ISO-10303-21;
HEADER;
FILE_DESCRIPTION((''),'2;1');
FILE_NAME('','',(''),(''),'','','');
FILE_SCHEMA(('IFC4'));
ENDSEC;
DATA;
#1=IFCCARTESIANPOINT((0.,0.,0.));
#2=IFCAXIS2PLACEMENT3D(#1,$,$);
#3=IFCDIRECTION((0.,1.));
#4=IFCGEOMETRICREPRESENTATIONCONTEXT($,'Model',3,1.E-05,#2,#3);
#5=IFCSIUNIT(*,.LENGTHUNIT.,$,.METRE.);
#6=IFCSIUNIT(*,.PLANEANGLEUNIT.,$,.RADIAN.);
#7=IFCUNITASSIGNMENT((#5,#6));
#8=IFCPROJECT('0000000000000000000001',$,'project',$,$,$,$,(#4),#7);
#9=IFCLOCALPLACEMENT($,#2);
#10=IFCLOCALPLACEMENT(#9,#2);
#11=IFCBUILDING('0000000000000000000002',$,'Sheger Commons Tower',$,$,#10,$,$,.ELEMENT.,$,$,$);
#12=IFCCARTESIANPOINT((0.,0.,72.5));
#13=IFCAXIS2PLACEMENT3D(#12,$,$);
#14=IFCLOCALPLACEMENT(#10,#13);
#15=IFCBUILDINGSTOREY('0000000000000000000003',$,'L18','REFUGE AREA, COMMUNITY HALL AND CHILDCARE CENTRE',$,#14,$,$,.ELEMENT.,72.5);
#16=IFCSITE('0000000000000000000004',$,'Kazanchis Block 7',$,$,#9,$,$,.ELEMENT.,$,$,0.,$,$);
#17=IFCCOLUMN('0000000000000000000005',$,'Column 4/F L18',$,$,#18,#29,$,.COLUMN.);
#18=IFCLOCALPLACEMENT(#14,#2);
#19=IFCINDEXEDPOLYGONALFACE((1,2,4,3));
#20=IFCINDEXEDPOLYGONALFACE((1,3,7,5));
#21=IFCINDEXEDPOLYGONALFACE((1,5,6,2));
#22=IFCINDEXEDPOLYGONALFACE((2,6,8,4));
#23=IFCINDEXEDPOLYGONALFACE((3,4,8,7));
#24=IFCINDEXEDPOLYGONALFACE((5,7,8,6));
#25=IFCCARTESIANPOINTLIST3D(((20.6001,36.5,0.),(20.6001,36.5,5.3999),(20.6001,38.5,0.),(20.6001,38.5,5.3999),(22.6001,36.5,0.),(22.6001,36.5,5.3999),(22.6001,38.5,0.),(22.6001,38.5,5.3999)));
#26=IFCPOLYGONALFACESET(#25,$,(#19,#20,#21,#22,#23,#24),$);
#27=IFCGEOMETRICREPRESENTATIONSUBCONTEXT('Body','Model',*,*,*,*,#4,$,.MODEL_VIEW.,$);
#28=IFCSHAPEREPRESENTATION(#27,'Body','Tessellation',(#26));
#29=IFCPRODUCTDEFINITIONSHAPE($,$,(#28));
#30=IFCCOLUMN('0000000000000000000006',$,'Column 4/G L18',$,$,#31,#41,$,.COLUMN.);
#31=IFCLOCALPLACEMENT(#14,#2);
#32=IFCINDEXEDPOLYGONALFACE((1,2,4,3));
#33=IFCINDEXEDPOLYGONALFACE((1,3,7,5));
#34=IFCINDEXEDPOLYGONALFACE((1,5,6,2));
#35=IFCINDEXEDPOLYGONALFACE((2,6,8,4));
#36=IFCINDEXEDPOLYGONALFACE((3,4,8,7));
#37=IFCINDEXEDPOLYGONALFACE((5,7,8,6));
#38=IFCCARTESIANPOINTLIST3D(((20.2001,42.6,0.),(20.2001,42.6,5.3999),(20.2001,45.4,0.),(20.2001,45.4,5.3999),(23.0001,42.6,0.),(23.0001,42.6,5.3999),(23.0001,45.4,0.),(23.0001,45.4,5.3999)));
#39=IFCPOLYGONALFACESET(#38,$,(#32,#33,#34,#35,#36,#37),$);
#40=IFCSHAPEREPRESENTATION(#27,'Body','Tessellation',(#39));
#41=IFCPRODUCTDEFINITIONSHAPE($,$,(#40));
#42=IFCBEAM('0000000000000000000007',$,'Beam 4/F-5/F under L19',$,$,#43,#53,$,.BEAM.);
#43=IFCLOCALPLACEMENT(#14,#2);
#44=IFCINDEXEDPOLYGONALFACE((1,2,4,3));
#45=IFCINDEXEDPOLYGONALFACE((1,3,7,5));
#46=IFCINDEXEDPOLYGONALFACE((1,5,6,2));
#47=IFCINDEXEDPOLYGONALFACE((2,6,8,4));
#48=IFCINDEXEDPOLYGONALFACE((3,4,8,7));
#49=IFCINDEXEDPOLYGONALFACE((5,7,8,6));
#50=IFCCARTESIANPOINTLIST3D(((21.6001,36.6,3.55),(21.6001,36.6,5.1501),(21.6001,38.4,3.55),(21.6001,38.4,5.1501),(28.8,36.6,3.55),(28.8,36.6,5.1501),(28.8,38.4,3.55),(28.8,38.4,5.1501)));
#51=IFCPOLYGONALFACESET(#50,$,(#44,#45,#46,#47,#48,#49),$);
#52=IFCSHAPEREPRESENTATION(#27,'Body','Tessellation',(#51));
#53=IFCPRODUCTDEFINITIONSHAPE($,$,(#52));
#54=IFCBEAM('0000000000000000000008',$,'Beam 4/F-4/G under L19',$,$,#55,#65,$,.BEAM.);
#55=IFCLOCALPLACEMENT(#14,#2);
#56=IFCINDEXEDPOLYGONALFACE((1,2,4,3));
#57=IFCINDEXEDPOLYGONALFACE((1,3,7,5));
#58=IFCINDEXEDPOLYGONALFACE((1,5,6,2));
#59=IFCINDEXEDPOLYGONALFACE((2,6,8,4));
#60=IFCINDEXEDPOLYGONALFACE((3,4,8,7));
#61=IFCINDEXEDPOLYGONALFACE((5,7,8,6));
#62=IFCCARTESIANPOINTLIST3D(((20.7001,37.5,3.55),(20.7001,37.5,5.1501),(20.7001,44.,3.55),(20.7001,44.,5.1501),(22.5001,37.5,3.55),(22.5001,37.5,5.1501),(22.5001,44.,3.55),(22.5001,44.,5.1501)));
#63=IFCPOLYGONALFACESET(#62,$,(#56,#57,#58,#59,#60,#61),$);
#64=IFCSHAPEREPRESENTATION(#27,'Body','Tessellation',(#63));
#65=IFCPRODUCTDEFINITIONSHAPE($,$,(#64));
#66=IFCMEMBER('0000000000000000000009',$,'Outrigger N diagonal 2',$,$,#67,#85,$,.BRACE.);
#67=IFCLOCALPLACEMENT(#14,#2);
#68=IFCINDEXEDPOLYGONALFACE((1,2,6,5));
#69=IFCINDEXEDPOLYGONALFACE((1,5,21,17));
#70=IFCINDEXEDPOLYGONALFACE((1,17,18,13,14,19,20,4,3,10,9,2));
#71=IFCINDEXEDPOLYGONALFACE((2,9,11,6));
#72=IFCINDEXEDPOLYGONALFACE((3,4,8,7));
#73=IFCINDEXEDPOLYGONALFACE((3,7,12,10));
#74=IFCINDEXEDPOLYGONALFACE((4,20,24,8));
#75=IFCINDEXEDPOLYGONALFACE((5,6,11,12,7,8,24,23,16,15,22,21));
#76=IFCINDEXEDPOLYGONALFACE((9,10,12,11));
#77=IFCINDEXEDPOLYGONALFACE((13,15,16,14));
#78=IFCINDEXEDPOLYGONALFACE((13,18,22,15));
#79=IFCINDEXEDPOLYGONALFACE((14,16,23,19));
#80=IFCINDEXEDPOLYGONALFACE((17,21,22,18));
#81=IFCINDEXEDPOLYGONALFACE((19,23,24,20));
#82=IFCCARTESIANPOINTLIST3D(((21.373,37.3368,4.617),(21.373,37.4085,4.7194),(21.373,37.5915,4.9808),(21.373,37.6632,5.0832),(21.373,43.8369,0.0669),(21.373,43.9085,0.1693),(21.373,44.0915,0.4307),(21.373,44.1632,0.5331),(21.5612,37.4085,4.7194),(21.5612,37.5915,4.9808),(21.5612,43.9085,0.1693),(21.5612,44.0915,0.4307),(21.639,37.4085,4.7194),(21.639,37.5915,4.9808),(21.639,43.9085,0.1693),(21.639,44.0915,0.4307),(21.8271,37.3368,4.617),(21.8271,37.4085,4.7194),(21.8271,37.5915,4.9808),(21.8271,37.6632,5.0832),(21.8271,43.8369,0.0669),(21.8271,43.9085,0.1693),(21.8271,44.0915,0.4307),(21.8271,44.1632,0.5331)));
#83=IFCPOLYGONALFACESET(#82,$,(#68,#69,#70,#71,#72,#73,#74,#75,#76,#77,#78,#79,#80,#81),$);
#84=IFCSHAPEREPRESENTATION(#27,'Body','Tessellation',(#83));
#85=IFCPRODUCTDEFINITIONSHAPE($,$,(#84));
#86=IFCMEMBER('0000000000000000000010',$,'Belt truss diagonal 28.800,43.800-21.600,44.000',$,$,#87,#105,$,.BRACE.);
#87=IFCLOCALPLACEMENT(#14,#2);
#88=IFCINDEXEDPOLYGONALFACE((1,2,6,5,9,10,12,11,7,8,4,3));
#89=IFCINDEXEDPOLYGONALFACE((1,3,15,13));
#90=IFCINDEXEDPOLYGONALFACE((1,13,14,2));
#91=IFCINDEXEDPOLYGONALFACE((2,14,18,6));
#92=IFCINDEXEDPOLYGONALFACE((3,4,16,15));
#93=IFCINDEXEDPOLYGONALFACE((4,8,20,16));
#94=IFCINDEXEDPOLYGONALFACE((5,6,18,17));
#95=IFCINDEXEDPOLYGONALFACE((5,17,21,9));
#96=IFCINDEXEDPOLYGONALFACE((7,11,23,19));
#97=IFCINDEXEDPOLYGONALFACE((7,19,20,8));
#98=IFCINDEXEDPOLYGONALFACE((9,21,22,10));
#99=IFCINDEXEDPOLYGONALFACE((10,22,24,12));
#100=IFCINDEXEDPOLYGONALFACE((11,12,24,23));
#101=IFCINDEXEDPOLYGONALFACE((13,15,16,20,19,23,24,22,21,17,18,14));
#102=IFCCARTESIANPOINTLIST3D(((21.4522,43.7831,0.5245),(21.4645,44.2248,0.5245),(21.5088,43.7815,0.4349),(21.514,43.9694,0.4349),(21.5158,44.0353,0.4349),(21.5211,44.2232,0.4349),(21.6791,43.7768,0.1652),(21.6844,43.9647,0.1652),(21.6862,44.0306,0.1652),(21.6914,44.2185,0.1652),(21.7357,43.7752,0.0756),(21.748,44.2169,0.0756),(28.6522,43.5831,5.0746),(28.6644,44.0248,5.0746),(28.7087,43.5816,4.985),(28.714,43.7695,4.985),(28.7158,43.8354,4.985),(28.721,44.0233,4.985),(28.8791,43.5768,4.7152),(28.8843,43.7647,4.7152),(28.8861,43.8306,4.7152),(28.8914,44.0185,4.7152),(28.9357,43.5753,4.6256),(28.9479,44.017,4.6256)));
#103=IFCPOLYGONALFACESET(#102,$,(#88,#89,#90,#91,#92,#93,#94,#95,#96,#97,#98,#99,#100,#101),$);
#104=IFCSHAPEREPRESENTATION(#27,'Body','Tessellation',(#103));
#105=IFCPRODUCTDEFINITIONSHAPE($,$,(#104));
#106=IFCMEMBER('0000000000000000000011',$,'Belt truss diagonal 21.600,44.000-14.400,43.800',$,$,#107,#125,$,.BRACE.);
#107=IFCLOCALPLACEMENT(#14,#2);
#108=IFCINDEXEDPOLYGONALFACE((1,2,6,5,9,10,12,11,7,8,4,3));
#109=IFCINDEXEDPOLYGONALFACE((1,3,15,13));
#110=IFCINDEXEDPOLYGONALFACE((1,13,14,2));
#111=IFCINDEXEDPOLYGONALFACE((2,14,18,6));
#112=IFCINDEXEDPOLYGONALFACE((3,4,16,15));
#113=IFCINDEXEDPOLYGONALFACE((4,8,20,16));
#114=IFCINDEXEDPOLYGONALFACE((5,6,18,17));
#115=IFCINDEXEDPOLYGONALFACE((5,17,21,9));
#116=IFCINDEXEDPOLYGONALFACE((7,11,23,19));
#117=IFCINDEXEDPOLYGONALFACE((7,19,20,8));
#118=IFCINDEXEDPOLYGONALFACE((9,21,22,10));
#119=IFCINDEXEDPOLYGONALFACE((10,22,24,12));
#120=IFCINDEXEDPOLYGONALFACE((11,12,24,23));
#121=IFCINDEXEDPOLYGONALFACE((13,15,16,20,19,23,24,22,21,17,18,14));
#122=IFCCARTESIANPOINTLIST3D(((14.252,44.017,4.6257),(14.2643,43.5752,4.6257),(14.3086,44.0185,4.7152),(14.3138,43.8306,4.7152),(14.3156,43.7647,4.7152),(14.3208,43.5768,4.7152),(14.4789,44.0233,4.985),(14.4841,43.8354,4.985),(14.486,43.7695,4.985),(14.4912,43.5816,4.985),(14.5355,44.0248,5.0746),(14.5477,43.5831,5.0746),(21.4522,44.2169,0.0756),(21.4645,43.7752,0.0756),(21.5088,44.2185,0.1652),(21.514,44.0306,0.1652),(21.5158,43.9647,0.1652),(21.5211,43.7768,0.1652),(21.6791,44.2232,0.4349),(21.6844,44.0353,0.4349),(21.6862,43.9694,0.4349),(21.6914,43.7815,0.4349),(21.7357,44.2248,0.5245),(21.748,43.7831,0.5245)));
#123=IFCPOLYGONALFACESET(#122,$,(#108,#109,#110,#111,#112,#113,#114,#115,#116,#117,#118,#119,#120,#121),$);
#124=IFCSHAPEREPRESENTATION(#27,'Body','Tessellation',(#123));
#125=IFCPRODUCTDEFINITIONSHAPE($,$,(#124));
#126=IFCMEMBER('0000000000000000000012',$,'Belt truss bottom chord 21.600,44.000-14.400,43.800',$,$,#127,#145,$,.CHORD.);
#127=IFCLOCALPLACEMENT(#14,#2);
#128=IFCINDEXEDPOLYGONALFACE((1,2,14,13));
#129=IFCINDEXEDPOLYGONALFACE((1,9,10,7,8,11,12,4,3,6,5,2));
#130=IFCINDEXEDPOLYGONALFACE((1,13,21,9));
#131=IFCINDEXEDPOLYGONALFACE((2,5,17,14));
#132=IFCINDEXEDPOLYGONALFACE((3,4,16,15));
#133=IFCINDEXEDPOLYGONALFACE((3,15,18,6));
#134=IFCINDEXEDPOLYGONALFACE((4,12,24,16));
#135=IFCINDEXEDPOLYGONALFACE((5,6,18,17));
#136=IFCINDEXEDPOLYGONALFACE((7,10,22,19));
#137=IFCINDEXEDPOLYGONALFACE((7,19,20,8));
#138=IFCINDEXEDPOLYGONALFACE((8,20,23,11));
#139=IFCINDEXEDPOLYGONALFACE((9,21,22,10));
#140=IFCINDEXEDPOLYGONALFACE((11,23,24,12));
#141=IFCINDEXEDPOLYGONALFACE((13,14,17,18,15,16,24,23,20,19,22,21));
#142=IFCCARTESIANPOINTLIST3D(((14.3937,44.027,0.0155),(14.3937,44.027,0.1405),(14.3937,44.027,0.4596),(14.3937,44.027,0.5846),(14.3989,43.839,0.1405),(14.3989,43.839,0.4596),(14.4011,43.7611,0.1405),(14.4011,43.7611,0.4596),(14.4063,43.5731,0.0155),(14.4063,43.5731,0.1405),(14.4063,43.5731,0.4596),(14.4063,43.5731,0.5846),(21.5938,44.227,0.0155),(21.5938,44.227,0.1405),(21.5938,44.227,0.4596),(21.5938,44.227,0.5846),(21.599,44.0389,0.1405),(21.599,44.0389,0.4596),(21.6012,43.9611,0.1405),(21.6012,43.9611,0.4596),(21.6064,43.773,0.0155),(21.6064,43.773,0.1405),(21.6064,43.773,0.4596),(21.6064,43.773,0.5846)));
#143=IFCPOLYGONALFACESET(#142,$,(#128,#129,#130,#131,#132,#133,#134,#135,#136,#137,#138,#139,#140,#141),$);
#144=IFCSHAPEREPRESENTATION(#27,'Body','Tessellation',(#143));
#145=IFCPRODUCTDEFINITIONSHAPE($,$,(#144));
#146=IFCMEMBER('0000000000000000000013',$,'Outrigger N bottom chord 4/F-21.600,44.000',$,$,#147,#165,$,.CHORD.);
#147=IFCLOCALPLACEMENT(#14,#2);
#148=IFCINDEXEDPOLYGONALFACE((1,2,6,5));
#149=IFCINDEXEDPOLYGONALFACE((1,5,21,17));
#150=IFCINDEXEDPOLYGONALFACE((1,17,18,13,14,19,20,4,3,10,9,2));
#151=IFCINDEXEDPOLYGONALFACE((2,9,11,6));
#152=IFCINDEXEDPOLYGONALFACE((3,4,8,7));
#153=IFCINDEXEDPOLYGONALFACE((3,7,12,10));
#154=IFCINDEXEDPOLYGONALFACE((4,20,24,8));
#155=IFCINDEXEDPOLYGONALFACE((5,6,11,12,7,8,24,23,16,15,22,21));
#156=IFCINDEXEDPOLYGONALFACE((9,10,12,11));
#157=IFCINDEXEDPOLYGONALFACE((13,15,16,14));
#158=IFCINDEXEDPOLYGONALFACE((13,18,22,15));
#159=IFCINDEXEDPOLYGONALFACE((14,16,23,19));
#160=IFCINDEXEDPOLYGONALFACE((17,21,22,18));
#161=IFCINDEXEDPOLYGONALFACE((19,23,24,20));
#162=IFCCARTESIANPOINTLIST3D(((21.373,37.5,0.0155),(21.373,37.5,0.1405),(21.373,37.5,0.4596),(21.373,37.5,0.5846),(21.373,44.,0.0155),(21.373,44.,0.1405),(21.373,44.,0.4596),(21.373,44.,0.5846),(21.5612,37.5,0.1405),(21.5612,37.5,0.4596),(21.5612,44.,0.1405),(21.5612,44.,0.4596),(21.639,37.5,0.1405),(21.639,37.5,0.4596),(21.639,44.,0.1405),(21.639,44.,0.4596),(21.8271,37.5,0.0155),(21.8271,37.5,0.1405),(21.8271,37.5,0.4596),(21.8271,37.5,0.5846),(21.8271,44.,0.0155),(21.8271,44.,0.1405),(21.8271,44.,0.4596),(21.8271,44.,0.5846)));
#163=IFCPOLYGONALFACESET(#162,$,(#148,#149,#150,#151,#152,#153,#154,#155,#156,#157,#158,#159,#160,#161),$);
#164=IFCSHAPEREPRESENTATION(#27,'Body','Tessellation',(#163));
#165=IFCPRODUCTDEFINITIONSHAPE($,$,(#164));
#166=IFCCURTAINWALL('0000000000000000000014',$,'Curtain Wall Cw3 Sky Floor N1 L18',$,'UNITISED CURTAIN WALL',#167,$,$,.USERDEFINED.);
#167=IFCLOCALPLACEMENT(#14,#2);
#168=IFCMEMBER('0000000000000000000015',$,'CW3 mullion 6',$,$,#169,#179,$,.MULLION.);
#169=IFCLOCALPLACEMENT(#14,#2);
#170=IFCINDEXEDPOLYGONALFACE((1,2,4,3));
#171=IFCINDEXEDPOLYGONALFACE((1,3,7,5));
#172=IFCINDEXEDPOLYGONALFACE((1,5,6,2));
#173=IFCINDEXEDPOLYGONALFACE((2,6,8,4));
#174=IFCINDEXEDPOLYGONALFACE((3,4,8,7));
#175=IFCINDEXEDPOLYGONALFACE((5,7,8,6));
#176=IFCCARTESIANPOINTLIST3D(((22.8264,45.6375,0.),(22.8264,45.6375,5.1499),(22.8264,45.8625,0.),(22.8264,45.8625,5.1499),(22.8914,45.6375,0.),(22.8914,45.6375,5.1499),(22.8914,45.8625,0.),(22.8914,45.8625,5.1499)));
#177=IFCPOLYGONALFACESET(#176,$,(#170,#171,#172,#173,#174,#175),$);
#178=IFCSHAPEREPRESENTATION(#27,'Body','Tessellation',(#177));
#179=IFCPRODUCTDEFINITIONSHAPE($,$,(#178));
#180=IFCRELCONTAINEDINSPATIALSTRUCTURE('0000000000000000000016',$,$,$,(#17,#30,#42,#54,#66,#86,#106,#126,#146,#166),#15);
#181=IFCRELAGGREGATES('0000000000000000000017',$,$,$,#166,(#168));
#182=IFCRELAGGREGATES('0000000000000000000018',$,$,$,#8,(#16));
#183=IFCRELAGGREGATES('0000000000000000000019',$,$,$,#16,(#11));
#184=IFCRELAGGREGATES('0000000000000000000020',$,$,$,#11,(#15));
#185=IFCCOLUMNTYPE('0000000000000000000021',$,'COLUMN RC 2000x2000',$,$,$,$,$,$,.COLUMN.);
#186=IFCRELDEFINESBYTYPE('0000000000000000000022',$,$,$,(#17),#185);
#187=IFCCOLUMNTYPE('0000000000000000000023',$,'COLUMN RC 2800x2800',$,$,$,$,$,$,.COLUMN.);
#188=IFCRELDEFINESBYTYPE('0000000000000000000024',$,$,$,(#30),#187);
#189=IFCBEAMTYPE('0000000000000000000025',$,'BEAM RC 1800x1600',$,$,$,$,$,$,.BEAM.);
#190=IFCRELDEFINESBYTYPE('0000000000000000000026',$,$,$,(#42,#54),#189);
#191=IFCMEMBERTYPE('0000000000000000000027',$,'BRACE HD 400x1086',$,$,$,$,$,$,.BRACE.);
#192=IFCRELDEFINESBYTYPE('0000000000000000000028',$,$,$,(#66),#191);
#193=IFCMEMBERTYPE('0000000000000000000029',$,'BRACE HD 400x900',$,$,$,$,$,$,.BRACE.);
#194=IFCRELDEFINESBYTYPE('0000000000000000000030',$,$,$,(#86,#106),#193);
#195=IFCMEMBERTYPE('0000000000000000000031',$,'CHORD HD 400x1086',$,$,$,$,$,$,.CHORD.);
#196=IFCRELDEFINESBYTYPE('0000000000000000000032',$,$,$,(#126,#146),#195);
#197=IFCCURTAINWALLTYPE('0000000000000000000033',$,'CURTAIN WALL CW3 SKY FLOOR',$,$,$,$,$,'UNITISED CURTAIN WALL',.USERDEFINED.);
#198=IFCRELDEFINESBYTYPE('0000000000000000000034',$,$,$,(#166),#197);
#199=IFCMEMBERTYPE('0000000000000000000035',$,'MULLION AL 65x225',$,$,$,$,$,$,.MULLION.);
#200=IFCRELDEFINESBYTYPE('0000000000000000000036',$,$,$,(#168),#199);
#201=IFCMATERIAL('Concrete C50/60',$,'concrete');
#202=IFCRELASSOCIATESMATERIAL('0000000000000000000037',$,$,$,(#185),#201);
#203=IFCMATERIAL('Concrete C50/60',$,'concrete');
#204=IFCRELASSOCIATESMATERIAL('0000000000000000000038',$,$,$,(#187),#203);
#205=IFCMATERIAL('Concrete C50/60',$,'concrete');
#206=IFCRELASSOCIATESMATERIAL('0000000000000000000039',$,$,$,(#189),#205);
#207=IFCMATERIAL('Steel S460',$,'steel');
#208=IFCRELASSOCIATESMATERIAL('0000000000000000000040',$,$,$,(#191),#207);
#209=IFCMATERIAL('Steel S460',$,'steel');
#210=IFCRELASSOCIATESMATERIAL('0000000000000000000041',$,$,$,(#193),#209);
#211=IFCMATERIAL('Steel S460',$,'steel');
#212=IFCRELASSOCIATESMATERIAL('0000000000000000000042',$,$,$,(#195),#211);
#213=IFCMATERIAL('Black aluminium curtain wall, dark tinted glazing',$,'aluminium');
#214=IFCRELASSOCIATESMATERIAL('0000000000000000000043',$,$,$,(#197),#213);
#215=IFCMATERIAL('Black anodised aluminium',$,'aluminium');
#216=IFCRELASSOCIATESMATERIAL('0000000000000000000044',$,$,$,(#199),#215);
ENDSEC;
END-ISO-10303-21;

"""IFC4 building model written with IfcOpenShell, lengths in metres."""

from ifc_helpers import new_model, si_unit, direction, frame, origin, origin_2d, place, context, subcontext, project, spatial, rectangle, i_section, extrude, material, material_profile, profile_set, type_object, element, aggregate, save


model = new_model("IFC4")

# Units and contexts
model_context = context("Model", 3, precision=1e-05, world=origin(), true_north=direction((0.0, 1.0)))
body_context = subcontext(model_context, "Body", "Model", "MODEL_VIEW")
ifc_project = project(units=[si_unit("LENGTHUNIT", "METRE"), si_unit("PLANEANGLEUNIT", "RADIAN")], contexts=[model_context])

# Site, building, storey
site_placement = place(None, origin())
site = spatial("IfcSite", under=ifc_project, at=site_placement, Name="Kazanchis Block 7", CompositionType="ELEMENT", RefElevation=0.0)
building_placement = place(site_placement, origin())
building = spatial("IfcBuilding", under=site, at=building_placement, Name="Sheger Commons Tower", CompositionType="ELEMENT")
storey_placement = place(building_placement, frame((0.0, 0.0, 72.5)))
storey = spatial("IfcBuildingStorey", under=building, at=storey_placement, Name="L18", Description="REFUGE AREA, COMMUNITY HALL AND CHILDCARE CENTRE", CompositionType="ELEMENT", Elevation=72.5)

# Columns
ifc_material_1 = material(Name="Concrete C50/60", Category="concrete")
ifc_material_profile_1 = material_profile(ifc_material_1, rectangle(XDim=2.0, YDim=2.0, at=origin_2d()), Name="RC 2000x2000")
ifc_profile_set_1 = profile_set([ifc_material_profile_1], Name="Concrete C50/60")
column_type_1 = type_object("IfcColumnType", Name="COLUMN RC 2000x2000", PredefinedType="COLUMN", material=ifc_profile_set_1)
column_1_placement = place(storey_placement, frame((21.6001, 37.5, 0.0), z_axis=(0.0, 0.0, 1.0), x_axis=(1.0, 0.0, 0.0)))
element("IfcColumn", 1, at=column_1_placement, inside=storey, type_object=column_type_1, Name="Column 4/F L18", PredefinedType="COLUMN", context=body_context, shape_type="SweptSolid", body=[
    extrude(rectangle(XDim=2.0, YDim=2.0, at=origin_2d()), origin(), (0.0, 0.0, 1.0), 5.3999),
])
ifc_material_2 = material(Name="Concrete C50/60", Category="concrete")
ifc_material_profile_2 = material_profile(ifc_material_2, rectangle(XDim=2.8, YDim=2.8, at=origin_2d()), Name="RC 2800x2800")
ifc_profile_set_2 = profile_set([ifc_material_profile_2], Name="Concrete C50/60")
column_type_2 = type_object("IfcColumnType", Name="COLUMN RC 2800x2800", PredefinedType="COLUMN", material=ifc_profile_set_2)
column_2_placement = place(storey_placement, frame((21.6001, 44.0, 0.0), z_axis=(0.0, 0.0, 1.0), x_axis=(1.0, 0.0, 0.0)))
element("IfcColumn", 2, at=column_2_placement, inside=storey, type_object=column_type_2, Name="Column 4/G L18", PredefinedType="COLUMN", context=body_context, shape_type="SweptSolid", body=[
    extrude(rectangle(XDim=2.8, YDim=2.8, at=origin_2d()), origin(), (0.0, 0.0, 1.0), 5.3999),
])

# Beams
ifc_material_3 = material(Name="Concrete C50/60", Category="concrete")
ifc_material_profile_3 = material_profile(ifc_material_3, rectangle(XDim=1.8, YDim=1.6001, at=origin_2d()), Name="RC 1800x1600")
ifc_profile_set_3 = profile_set([ifc_material_profile_3], Name="Concrete C50/60")
beam_type_1 = type_object("IfcBeamType", Name="BEAM RC 1800x1600", PredefinedType="BEAM", material=ifc_profile_set_3)
beam_1_placement = place(storey_placement, frame((21.6001, 37.5, 4.3501), z_axis=(1.0, 0.0, 0.0), x_axis=(0.0, 1.0, 0.0)))
element("IfcBeam", 3, at=beam_1_placement, inside=storey, type_object=beam_type_1, Name="Beam 4/F-5/F under L19", PredefinedType="BEAM", context=body_context, shape_type="SweptSolid", body=[
    extrude(rectangle(XDim=1.8, YDim=1.6001, at=origin_2d()), origin(), (0.0, 0.0, 1.0), 7.2),
])
beam_2_placement = place(storey_placement, frame((21.6001, 37.5, 4.3501), z_axis=(0.0, 1.0, 0.0), x_axis=(-1.0, 0.0, 0.0)))
element("IfcBeam", 4, at=beam_2_placement, inside=storey, type_object=beam_type_1, Name="Beam 4/F-4/G under L19", PredefinedType="BEAM", context=body_context, shape_type="SweptSolid", body=[
    extrude(rectangle(XDim=1.8, YDim=1.6001, at=origin_2d()), origin(), (0.0, 0.0, 1.0), 6.5),
])

# Members
ifc_material_4 = material(Name="Steel S460", Category="steel")
ifc_material_profile_4 = material_profile(ifc_material_4, i_section(OverallWidth=0.4541, OverallDepth=0.5691, WebThickness=0.0779, FlangeThickness=0.125, at=origin_2d()), Name="HD 400x1086")
ifc_profile_set_4 = profile_set([ifc_material_profile_4], Name="Steel S460")
member_type_1 = type_object("IfcMemberType", Name="BRACE HD 400x1086", PredefinedType="BRACE", material=ifc_profile_set_4)
member_1_placement = place(storey_placement, frame((21.6001, 37.5, 4.8501), z_axis=(0.0, 0.819229, -0.573466), x_axis=(-1.0, 0.0, 0.0)))
element("IfcMember", 5, at=member_1_placement, inside=storey, type_object=member_type_1, Name="Outrigger N diagonal 2", PredefinedType="BRACE", context=body_context, shape_type="SweptSolid", body=[
    extrude(i_section(OverallWidth=0.4541, OverallDepth=0.5691, WebThickness=0.0779, FlangeThickness=0.125, at=origin_2d()), origin(), (0.0, 0.0, 1.0), 7.9343),
])
ifc_material_5 = material(Name="Steel S460", Category="steel")
ifc_material_profile_5 = material_profile(ifc_material_5, i_section(OverallWidth=0.4419, OverallDepth=0.531, WebThickness=0.0659, FlangeThickness=0.106, at=origin_2d()), Name="HD 400x900")
ifc_profile_set_5 = profile_set([ifc_material_profile_5], Name="Steel S460")
member_type_2 = type_object("IfcMemberType", Name="BRACE HD 400x900", PredefinedType="BRACE", material=ifc_profile_set_5)
member_2_placement = place(storey_placement, frame((21.6001, 44.0, 0.3), z_axis=(0.845112, -0.02347, 0.534073), x_axis=(0.02776, 0.999615, 0.0)))
element("IfcMember", 6, at=member_2_placement, inside=storey, type_object=member_type_2, Name="Belt truss diagonal 28.800,43.800-21.600,44.000", PredefinedType="BRACE", context=body_context, shape_type="SweptSolid", body=[
    extrude(i_section(OverallWidth=0.4419, OverallDepth=0.531, WebThickness=0.0659, FlangeThickness=0.106, at=origin_2d()), origin(), (0.0, 0.0, 1.0), 8.5195),
])
member_3_placement = place(storey_placement, frame((21.6001, 44.0, 0.3), z_axis=(-0.84512, -0.023469, 0.53406), x_axis=(0.02776, -0.999615, 0.0)))
element("IfcMember", 7, at=member_3_placement, inside=storey, type_object=member_type_2, Name="Belt truss diagonal 21.600,44.000-14.400,43.800", PredefinedType="BRACE", context=body_context, shape_type="SweptSolid", body=[
    extrude(i_section(OverallWidth=0.4419, OverallDepth=0.531, WebThickness=0.0659, FlangeThickness=0.106, at=origin_2d()), origin(), (0.0, 0.0, 1.0), 8.5198),
])
ifc_material_6 = material(Name="Steel S460", Category="steel")
ifc_material_profile_6 = material_profile(ifc_material_6, i_section(OverallWidth=0.4541, OverallDepth=0.5691, WebThickness=0.0779, FlangeThickness=0.125, at=origin_2d()), Name="HD 400x1086")
ifc_profile_set_6 = profile_set([ifc_material_profile_6], Name="Steel S460")
member_type_3 = type_object("IfcMemberType", Name="CHORD HD 400x1086", PredefinedType="CHORD", material=ifc_profile_set_6)
member_4_placement = place(storey_placement, frame((21.6001, 44.0, 0.3), z_axis=(-0.999615, -0.02776, 0.0), x_axis=(0.02776, -0.999615, 0.0)))
element("IfcMember", 8, at=member_4_placement, inside=storey, type_object=member_type_3, Name="Belt truss bottom chord 21.600,44.000-14.400,43.800", PredefinedType="CHORD", context=body_context, shape_type="SweptSolid", body=[
    extrude(i_section(OverallWidth=0.4541, OverallDepth=0.5691, WebThickness=0.0779, FlangeThickness=0.125, at=origin_2d()), origin(), (0.0, 0.0, 1.0), 7.2029),
])
member_5_placement = place(storey_placement, frame((21.6001, 37.5, 0.3), z_axis=(0.0, 1.0, 0.0), x_axis=(-1.0, 0.0, 0.0)))
element("IfcMember", 9, at=member_5_placement, inside=storey, type_object=member_type_3, Name="Outrigger N bottom chord 4/F-21.600,44.000", PredefinedType="CHORD", context=body_context, shape_type="SweptSolid", body=[
    extrude(i_section(OverallWidth=0.4541, OverallDepth=0.5691, WebThickness=0.0779, FlangeThickness=0.125, at=origin_2d()), origin(), (0.0, 0.0, 1.0), 6.5),
])

# Curtain wall, member
ifc_material_7 = material(Name="Black aluminium curtain wall, dark tinted glazing", Category="aluminium")
curtain_wall_type = type_object("IfcCurtainWallType", Name="CURTAIN WALL CW3 SKY FLOOR", ElementType="UNITISED CURTAIN WALL", PredefinedType="USERDEFINED", material=ifc_material_7)
curtain_wall_placement = place(storey_placement, origin())
curtain_wall = element("IfcCurtainWall", 10, at=curtain_wall_placement, inside=storey, type_object=curtain_wall_type, Name="Curtain Wall Cw3 Sky Floor N1 L18", ObjectType="UNITISED CURTAIN WALL", PredefinedType="USERDEFINED")
ifc_material_8 = material(Name="Black anodised aluminium", Category="aluminium")
ifc_material_profile_7 = material_profile(ifc_material_8, rectangle(XDim=0.2251, YDim=0.0649, at=origin_2d()), Name="AL 65x225")
ifc_profile_set_7 = profile_set([ifc_material_profile_7], Name="Black anodised aluminium")
member_type_4 = type_object("IfcMemberType", Name="MULLION AL 65x225", PredefinedType="MULLION", material=ifc_profile_set_7)
member_6_placement = place(storey_placement, frame((22.8589, 45.75, 0.0), z_axis=(0.0, 0.0, 1.0), x_axis=(0.0, -1.0, 0.0)))
member_6 = element("IfcMember", 11, at=member_6_placement, type_object=member_type_4, Name="CW3 mullion 6", PredefinedType="MULLION", context=body_context, shape_type="SweptSolid", body=[
    extrude(rectangle(XDim=0.2251, YDim=0.0649, at=origin_2d()), origin(), (0.0, 0.0, 1.0), 5.1499),
])

aggregate(curtain_wall, [member_6])

save(model, "model.ifc")
